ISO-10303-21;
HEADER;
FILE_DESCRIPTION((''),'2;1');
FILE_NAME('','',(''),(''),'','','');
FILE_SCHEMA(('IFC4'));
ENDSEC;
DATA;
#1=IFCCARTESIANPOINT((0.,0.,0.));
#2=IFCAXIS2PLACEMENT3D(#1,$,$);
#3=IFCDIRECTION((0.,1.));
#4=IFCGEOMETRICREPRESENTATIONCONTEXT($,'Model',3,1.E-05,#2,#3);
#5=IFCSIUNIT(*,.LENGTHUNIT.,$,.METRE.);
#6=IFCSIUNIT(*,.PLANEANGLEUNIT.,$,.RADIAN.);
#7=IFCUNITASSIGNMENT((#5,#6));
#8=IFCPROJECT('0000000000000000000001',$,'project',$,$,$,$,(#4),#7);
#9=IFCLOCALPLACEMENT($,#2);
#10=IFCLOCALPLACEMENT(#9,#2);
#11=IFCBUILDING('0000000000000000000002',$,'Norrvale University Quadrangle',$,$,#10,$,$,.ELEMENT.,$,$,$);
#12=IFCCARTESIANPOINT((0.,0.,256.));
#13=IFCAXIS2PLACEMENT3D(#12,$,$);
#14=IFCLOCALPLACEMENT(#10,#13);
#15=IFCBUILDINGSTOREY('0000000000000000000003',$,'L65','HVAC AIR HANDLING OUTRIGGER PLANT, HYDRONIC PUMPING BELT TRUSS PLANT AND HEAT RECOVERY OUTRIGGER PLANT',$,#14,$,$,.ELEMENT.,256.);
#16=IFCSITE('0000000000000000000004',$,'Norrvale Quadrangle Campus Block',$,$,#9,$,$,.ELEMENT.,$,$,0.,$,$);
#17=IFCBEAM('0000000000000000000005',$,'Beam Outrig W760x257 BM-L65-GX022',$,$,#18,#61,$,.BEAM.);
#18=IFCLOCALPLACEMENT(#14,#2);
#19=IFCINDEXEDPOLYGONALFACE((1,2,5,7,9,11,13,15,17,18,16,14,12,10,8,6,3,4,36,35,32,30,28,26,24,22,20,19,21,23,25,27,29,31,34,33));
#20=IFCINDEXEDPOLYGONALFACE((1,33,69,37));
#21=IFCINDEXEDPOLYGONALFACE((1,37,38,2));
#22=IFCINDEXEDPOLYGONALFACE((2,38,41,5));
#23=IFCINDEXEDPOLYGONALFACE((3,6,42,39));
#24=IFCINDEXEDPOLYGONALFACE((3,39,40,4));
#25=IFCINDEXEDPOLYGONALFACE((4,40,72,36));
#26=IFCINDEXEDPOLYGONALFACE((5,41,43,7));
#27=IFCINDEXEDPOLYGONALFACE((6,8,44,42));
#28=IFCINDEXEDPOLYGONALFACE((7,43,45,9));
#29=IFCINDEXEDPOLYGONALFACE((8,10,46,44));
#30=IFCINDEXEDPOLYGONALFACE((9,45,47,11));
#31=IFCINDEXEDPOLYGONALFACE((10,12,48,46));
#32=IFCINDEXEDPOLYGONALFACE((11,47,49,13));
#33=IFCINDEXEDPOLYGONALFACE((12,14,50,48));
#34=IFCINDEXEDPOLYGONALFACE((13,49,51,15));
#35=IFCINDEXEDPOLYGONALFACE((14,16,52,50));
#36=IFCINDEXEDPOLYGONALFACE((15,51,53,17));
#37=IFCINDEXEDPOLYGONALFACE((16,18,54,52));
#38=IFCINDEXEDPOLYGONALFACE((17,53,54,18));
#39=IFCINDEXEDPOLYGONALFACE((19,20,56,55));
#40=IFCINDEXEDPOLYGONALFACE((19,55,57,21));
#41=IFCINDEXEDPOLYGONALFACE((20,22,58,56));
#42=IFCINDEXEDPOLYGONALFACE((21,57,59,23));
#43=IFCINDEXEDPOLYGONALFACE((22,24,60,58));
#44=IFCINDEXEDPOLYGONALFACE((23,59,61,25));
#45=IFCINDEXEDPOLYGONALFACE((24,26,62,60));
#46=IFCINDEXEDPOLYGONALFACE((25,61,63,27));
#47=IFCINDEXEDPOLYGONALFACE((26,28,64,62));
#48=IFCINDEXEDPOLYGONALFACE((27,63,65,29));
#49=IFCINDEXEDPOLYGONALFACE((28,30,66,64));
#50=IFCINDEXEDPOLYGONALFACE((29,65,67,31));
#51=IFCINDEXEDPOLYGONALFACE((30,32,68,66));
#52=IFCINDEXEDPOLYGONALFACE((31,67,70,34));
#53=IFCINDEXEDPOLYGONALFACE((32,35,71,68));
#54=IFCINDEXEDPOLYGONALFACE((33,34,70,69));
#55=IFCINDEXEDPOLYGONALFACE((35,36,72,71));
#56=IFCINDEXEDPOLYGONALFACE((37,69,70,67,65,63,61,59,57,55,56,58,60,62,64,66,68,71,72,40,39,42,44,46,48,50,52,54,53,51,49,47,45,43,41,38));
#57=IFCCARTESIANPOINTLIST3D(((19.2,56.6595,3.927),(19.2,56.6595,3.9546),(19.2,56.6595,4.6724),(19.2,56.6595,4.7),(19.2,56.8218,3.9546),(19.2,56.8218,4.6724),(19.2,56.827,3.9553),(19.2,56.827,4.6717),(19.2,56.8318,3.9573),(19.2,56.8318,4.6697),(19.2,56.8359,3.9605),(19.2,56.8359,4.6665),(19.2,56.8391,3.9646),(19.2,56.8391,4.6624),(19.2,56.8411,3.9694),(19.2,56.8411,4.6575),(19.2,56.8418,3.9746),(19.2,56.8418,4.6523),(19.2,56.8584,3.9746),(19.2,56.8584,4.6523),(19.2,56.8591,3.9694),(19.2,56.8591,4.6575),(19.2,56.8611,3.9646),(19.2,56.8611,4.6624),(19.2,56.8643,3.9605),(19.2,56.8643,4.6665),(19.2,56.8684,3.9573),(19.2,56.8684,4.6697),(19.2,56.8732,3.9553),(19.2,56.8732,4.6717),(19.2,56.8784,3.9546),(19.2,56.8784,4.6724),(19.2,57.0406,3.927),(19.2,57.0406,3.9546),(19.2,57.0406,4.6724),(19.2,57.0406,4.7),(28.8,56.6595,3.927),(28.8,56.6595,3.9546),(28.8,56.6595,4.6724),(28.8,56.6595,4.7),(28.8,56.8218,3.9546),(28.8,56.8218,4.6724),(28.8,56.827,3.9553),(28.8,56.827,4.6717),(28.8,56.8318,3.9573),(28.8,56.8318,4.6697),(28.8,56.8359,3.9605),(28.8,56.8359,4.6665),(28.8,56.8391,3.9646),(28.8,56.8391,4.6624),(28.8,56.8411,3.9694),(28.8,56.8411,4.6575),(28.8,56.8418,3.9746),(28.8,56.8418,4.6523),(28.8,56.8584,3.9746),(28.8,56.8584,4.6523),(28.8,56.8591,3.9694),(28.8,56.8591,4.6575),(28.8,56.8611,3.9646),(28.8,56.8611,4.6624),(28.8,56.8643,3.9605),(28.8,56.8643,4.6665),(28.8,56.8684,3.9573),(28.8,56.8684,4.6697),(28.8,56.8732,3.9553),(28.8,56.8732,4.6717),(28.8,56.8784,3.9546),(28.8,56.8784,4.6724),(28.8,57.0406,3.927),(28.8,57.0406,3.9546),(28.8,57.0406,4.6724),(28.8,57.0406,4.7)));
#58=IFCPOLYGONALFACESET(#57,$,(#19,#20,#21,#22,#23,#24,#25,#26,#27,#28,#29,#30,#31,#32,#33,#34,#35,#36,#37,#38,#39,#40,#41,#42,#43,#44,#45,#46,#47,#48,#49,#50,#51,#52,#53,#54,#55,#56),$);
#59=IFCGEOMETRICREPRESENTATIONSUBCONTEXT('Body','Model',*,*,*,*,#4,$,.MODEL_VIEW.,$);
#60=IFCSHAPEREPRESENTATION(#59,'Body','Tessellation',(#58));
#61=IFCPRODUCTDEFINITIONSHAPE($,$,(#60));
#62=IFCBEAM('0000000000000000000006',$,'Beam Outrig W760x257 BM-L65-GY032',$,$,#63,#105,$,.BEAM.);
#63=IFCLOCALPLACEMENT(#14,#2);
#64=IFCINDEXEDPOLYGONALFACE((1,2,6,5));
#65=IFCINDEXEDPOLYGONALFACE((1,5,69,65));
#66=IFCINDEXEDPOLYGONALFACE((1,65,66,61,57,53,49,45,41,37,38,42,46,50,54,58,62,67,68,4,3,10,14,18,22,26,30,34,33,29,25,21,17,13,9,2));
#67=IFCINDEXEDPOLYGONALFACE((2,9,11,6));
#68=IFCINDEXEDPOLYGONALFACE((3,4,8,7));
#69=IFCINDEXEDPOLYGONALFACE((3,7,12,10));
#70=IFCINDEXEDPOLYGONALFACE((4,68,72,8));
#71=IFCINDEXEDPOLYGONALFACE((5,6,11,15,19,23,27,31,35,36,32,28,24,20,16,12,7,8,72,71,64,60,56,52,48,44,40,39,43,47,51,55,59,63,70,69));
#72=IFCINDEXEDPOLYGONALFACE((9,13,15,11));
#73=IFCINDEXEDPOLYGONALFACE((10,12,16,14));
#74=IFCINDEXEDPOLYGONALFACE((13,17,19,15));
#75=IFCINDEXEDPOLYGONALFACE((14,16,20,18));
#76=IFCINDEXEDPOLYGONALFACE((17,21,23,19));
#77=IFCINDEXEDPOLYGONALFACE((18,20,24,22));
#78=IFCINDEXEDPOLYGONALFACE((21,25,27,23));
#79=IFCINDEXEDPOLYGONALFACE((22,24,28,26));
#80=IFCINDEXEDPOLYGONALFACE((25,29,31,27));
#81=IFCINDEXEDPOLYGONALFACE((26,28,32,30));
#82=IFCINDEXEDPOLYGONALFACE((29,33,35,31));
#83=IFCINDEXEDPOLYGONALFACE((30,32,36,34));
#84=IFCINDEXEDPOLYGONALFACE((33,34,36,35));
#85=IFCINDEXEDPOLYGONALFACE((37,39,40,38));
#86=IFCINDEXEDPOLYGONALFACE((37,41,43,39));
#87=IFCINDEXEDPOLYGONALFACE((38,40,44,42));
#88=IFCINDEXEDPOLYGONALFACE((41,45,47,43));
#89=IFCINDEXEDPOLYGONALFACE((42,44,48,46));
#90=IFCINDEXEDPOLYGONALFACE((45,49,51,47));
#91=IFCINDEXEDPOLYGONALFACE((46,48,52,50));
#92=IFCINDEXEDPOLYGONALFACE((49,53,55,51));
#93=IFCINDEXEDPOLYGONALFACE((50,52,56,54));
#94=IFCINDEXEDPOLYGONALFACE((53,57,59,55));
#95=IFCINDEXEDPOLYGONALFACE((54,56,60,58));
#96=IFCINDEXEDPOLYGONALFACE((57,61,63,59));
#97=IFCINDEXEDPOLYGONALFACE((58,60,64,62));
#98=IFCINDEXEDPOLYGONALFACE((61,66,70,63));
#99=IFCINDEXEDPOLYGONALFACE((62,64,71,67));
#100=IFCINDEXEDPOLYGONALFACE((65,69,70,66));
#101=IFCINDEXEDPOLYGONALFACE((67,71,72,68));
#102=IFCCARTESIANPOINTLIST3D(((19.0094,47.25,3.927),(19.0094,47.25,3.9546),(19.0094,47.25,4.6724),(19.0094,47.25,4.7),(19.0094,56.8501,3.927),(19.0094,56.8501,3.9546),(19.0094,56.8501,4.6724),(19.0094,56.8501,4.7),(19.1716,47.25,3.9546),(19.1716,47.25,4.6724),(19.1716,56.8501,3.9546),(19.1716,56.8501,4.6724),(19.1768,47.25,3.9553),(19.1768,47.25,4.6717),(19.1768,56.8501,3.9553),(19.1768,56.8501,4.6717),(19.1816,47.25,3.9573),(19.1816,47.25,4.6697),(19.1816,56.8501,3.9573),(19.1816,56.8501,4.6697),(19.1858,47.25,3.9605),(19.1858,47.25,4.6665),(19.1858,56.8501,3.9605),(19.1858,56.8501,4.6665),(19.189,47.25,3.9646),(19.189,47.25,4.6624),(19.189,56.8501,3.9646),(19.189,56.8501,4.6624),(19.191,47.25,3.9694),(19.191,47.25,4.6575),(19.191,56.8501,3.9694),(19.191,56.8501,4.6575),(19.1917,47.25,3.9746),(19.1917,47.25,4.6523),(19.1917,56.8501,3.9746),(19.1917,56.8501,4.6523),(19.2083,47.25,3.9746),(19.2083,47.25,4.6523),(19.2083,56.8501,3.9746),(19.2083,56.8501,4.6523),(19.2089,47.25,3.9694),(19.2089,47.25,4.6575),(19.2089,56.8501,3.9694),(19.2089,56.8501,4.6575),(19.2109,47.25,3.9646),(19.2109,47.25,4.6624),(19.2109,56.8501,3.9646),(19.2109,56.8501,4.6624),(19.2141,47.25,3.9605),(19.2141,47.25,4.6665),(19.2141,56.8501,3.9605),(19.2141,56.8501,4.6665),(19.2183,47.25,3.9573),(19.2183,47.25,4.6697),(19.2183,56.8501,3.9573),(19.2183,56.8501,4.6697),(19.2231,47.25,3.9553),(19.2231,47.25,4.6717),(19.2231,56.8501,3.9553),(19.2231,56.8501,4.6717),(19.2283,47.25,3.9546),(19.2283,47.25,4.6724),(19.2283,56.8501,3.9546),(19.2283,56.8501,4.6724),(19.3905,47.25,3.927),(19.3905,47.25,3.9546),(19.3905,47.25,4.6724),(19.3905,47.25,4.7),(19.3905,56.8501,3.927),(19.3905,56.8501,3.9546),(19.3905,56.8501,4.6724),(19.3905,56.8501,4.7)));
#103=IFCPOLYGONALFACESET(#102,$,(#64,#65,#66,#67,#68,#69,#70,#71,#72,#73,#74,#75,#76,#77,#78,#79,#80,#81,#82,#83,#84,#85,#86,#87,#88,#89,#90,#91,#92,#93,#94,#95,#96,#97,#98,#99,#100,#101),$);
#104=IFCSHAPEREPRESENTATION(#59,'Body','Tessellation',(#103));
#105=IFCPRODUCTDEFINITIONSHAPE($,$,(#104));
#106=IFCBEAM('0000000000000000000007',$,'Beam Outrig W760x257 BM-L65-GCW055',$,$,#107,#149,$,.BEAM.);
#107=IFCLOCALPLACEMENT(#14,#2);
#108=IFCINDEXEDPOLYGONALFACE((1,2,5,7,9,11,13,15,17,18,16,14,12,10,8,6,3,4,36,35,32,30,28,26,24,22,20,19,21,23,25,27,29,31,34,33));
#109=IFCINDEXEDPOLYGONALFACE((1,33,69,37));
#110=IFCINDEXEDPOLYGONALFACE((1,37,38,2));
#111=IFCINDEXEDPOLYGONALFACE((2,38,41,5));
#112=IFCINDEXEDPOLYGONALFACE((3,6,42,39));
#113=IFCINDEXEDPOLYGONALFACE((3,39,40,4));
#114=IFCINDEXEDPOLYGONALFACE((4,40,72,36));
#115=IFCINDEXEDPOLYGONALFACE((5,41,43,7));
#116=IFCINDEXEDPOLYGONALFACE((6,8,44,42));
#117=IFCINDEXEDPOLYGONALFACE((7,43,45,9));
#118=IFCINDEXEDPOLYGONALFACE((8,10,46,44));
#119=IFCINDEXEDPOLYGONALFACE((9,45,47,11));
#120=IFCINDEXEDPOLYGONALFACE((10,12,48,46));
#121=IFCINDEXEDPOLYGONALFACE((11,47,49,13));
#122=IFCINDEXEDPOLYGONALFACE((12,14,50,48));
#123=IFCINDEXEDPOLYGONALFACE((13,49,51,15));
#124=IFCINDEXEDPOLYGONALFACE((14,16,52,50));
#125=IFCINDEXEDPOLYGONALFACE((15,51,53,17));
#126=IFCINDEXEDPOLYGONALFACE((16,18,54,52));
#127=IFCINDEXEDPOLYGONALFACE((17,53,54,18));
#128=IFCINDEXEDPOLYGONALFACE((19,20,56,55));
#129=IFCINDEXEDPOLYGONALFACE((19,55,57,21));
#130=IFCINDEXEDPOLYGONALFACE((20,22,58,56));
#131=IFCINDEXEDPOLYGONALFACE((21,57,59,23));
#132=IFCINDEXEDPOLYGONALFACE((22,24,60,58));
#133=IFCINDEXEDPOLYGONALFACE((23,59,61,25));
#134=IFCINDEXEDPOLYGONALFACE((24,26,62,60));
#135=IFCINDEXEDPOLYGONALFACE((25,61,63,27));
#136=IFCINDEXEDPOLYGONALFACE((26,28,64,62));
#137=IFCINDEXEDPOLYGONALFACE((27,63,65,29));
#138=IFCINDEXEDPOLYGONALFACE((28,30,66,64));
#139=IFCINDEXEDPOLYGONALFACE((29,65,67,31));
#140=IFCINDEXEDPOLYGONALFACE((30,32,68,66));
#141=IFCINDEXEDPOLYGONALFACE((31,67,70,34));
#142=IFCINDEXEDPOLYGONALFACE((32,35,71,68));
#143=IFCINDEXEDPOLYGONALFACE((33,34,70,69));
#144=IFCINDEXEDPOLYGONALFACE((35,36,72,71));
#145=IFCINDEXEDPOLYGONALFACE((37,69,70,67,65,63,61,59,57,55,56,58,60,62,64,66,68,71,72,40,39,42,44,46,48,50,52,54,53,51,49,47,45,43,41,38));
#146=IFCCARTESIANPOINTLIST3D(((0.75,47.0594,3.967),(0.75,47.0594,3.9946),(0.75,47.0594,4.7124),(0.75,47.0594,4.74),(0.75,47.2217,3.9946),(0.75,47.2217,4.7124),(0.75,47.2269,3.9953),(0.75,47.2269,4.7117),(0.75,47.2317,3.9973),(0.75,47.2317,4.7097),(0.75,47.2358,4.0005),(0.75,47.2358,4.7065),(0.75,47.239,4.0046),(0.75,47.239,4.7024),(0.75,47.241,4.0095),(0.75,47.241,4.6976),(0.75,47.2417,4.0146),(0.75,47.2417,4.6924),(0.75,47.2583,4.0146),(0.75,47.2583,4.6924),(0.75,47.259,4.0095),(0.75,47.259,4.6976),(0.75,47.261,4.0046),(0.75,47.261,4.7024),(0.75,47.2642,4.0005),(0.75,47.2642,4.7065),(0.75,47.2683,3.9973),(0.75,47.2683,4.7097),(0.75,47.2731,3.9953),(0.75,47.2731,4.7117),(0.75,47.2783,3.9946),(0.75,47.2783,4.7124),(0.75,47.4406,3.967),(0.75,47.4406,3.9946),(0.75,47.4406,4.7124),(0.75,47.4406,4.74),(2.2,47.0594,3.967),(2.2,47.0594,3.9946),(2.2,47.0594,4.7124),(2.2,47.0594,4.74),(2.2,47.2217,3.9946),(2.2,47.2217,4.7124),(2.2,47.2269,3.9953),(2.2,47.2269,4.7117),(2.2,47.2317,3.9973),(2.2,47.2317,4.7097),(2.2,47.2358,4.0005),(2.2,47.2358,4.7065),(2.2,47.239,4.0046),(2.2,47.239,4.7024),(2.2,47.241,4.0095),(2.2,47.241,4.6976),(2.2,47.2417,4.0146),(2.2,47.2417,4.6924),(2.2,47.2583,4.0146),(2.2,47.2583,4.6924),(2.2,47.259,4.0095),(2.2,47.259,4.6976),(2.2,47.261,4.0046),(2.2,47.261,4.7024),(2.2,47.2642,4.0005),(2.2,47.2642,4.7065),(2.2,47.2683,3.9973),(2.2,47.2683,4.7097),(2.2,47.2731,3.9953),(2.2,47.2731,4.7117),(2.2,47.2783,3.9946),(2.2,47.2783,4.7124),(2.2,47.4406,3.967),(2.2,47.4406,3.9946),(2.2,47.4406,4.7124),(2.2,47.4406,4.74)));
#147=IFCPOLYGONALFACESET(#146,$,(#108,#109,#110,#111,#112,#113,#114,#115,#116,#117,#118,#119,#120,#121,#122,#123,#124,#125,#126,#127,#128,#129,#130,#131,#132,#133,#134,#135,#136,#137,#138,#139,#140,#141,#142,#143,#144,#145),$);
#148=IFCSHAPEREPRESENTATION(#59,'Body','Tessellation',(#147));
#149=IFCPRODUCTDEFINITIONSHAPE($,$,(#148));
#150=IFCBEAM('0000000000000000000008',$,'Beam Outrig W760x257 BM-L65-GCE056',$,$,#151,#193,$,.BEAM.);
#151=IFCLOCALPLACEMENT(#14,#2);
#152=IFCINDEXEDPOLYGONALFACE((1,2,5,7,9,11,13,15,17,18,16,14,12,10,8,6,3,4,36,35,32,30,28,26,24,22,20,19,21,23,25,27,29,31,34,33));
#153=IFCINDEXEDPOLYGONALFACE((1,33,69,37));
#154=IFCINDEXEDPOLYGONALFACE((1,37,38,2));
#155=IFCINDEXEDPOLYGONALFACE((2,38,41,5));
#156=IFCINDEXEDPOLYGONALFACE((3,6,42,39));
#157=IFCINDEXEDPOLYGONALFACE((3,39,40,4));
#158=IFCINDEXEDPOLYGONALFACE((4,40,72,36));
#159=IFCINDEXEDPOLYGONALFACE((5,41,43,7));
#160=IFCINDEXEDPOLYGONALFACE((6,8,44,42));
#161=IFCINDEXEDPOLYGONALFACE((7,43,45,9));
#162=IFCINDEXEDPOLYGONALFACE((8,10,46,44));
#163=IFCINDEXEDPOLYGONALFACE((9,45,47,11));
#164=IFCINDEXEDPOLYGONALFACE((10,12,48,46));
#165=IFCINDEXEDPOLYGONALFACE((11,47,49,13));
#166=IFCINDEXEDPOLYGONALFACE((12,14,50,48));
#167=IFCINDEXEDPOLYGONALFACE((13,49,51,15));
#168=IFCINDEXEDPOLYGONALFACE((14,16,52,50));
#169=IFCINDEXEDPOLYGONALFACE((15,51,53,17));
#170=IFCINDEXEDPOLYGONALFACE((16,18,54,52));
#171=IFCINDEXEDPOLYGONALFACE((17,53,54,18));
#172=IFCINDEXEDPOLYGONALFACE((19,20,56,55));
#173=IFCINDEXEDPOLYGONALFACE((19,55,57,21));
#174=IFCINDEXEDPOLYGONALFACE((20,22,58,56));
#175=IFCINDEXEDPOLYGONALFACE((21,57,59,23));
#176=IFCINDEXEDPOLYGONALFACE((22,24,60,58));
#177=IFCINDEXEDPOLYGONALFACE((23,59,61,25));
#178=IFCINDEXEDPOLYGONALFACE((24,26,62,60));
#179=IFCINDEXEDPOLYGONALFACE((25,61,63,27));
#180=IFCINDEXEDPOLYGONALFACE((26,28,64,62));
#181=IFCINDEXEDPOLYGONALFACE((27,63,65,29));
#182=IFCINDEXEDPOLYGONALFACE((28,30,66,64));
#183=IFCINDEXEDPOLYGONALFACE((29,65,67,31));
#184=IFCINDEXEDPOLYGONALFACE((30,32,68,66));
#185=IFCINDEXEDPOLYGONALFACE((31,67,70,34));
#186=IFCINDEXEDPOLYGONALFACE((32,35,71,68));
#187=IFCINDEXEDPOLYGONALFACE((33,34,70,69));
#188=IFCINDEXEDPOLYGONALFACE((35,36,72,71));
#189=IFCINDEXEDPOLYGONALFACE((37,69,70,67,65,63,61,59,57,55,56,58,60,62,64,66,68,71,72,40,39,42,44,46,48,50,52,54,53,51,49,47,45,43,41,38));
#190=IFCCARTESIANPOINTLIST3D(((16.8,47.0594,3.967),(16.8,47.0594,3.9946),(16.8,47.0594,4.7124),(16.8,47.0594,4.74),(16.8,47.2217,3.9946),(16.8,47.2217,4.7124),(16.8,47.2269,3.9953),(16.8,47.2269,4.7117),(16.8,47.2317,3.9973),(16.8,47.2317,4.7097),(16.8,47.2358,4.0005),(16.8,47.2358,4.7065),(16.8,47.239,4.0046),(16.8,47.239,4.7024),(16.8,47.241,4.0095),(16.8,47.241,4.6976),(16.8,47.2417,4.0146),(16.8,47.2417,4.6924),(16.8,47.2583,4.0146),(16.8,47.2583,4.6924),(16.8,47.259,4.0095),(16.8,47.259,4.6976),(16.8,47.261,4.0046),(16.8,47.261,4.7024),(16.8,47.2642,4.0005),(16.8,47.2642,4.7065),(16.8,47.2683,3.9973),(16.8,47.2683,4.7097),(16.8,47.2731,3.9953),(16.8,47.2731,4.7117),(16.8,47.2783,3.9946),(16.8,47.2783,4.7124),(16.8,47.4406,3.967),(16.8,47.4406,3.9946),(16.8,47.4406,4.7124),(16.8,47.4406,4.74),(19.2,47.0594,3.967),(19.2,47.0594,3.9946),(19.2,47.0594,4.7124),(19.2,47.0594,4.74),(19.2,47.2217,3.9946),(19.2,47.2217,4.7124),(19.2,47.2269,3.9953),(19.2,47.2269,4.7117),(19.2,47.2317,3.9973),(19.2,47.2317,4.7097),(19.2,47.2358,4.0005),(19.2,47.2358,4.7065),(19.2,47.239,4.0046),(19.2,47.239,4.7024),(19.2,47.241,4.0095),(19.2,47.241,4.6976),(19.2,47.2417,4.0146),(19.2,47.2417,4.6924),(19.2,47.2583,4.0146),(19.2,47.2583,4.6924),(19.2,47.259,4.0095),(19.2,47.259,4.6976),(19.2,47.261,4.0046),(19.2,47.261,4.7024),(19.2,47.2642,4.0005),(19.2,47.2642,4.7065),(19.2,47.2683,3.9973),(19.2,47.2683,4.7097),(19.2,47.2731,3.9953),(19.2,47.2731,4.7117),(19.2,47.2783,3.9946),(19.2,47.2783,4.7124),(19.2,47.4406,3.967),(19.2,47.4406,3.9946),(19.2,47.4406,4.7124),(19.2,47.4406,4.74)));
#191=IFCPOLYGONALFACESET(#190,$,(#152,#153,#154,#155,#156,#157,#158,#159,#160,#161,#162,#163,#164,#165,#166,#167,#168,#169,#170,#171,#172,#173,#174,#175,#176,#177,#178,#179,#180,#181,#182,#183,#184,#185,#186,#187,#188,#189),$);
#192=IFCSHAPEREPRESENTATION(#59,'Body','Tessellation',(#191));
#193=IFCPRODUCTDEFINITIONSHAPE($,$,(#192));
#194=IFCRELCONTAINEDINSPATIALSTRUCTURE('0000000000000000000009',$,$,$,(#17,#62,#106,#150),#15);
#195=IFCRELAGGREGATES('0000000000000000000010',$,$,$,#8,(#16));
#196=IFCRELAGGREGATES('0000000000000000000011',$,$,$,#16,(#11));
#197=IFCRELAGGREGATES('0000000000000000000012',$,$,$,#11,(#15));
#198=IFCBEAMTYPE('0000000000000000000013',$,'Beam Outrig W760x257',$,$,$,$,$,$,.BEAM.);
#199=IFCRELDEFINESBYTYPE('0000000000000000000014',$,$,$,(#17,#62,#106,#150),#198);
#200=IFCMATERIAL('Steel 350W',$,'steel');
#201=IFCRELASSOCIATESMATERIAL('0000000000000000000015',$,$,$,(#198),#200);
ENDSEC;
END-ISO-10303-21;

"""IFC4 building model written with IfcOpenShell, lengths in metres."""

from ifc_helpers import new_model, si_unit, direction, frame, origin, origin_2d, place, context, subcontext, project, spatial, i_section, extrude, material, material_profile, profile_set, type_object, element, save


model = new_model("IFC4")

# Units and contexts
model_context = context("Model", 3, precision=1e-05, world=origin(), true_north=direction((0.0, 1.0)))
body_context = subcontext(model_context, "Body", "Model", "MODEL_VIEW")
ifc_project = project(units=[si_unit("LENGTHUNIT", "METRE"), si_unit("PLANEANGLEUNIT", "RADIAN")], contexts=[model_context])

# Site, building, storey
site_placement = place(None, origin())
site = spatial("IfcSite", under=ifc_project, at=site_placement, Name="Norrvale Quadrangle Campus Block", CompositionType="ELEMENT", RefElevation=0.0)
building_placement = place(site_placement, origin())
building = spatial("IfcBuilding", under=site, at=building_placement, Name="Norrvale University Quadrangle", CompositionType="ELEMENT")
storey_placement = place(building_placement, frame((0.0, 0.0, 256.0)))
storey = spatial("IfcBuildingStorey", under=building, at=storey_placement, Name="L65", Description="HVAC AIR HANDLING OUTRIGGER PLANT, HYDRONIC PUMPING BELT TRUSS PLANT AND HEAT RECOVERY OUTRIGGER PLANT", CompositionType="ELEMENT", Elevation=256.0)

# Beams
ifc_material_1 = material(Name="Steel 350W", Category="steel")
ifc_material_profile_1 = material_profile(ifc_material_1, i_section(OverallWidth=0.3811, OverallDepth=0.7729, WebThickness=0.0166, FlangeThickness=0.0276, FilletRadius=0.02, at=origin_2d()), Name="Steel 350W")
ifc_profile_set_1 = profile_set([ifc_material_profile_1], Name="Steel 350W")
beam_type_1 = type_object("IfcBeamType", Name="Beam Outrig W760x257", PredefinedType="BEAM", material=ifc_profile_set_1)
for number, where, z_axis, x_axis, name in (
    (1, (19.2, 56.8501, 4.3135), (1.0, 0.0, 0.0), (0.0, 1.0, 0.0), "Beam Outrig W760x257 BM-L65-GX022"),
    (2, (19.2, 47.25, 4.3135), (0.0, 1.0, 0.0), (-1.0, 0.0, 0.0), "Beam Outrig W760x257 BM-L65-GY032"),
):
    element("IfcBeam", number, at=place(storey_placement, frame(where, z_axis=z_axis, x_axis=x_axis)), inside=storey, type_object=beam_type_1, Name=name, PredefinedType="BEAM", context=body_context, shape_type="SweptSolid", body=[
        extrude(i_section(OverallWidth=0.3811, OverallDepth=0.7729, WebThickness=0.0166, FlangeThickness=0.0276, FilletRadius=0.02, at=origin_2d()), origin(), (0.0, 0.0, 1.0), 9.6001),
    ])
beam_1_placement = place(storey_placement, frame((0.75, 47.25, 4.3535), z_axis=(1.0, 0.0, 0.0), x_axis=(0.0, 1.0, 0.0)))
element("IfcBeam", 3, at=beam_1_placement, inside=storey, type_object=beam_type_1, Name="Beam Outrig W760x257 BM-L65-GCW055", PredefinedType="BEAM", context=body_context, shape_type="SweptSolid", body=[
    extrude(i_section(OverallWidth=0.3811, OverallDepth=0.7729, WebThickness=0.0166, FlangeThickness=0.0276, FilletRadius=0.02, at=origin_2d()), origin(), (0.0, 0.0, 1.0), 1.45),
])
beam_2_placement = place(storey_placement, frame((16.8, 47.25, 4.3535), z_axis=(1.0, 0.0, 0.0), x_axis=(0.0, 1.0, 0.0)))
element("IfcBeam", 4, at=beam_2_placement, inside=storey, type_object=beam_type_1, Name="Beam Outrig W760x257 BM-L65-GCE056", PredefinedType="BEAM", context=body_context, shape_type="SweptSolid", body=[
    extrude(i_section(OverallWidth=0.3811, OverallDepth=0.7729, WebThickness=0.0166, FlangeThickness=0.0276, FilletRadius=0.02, at=origin_2d()), origin(), (0.0, 0.0, 1.0), 2.3999),
])

save(model, "model.ifc")
